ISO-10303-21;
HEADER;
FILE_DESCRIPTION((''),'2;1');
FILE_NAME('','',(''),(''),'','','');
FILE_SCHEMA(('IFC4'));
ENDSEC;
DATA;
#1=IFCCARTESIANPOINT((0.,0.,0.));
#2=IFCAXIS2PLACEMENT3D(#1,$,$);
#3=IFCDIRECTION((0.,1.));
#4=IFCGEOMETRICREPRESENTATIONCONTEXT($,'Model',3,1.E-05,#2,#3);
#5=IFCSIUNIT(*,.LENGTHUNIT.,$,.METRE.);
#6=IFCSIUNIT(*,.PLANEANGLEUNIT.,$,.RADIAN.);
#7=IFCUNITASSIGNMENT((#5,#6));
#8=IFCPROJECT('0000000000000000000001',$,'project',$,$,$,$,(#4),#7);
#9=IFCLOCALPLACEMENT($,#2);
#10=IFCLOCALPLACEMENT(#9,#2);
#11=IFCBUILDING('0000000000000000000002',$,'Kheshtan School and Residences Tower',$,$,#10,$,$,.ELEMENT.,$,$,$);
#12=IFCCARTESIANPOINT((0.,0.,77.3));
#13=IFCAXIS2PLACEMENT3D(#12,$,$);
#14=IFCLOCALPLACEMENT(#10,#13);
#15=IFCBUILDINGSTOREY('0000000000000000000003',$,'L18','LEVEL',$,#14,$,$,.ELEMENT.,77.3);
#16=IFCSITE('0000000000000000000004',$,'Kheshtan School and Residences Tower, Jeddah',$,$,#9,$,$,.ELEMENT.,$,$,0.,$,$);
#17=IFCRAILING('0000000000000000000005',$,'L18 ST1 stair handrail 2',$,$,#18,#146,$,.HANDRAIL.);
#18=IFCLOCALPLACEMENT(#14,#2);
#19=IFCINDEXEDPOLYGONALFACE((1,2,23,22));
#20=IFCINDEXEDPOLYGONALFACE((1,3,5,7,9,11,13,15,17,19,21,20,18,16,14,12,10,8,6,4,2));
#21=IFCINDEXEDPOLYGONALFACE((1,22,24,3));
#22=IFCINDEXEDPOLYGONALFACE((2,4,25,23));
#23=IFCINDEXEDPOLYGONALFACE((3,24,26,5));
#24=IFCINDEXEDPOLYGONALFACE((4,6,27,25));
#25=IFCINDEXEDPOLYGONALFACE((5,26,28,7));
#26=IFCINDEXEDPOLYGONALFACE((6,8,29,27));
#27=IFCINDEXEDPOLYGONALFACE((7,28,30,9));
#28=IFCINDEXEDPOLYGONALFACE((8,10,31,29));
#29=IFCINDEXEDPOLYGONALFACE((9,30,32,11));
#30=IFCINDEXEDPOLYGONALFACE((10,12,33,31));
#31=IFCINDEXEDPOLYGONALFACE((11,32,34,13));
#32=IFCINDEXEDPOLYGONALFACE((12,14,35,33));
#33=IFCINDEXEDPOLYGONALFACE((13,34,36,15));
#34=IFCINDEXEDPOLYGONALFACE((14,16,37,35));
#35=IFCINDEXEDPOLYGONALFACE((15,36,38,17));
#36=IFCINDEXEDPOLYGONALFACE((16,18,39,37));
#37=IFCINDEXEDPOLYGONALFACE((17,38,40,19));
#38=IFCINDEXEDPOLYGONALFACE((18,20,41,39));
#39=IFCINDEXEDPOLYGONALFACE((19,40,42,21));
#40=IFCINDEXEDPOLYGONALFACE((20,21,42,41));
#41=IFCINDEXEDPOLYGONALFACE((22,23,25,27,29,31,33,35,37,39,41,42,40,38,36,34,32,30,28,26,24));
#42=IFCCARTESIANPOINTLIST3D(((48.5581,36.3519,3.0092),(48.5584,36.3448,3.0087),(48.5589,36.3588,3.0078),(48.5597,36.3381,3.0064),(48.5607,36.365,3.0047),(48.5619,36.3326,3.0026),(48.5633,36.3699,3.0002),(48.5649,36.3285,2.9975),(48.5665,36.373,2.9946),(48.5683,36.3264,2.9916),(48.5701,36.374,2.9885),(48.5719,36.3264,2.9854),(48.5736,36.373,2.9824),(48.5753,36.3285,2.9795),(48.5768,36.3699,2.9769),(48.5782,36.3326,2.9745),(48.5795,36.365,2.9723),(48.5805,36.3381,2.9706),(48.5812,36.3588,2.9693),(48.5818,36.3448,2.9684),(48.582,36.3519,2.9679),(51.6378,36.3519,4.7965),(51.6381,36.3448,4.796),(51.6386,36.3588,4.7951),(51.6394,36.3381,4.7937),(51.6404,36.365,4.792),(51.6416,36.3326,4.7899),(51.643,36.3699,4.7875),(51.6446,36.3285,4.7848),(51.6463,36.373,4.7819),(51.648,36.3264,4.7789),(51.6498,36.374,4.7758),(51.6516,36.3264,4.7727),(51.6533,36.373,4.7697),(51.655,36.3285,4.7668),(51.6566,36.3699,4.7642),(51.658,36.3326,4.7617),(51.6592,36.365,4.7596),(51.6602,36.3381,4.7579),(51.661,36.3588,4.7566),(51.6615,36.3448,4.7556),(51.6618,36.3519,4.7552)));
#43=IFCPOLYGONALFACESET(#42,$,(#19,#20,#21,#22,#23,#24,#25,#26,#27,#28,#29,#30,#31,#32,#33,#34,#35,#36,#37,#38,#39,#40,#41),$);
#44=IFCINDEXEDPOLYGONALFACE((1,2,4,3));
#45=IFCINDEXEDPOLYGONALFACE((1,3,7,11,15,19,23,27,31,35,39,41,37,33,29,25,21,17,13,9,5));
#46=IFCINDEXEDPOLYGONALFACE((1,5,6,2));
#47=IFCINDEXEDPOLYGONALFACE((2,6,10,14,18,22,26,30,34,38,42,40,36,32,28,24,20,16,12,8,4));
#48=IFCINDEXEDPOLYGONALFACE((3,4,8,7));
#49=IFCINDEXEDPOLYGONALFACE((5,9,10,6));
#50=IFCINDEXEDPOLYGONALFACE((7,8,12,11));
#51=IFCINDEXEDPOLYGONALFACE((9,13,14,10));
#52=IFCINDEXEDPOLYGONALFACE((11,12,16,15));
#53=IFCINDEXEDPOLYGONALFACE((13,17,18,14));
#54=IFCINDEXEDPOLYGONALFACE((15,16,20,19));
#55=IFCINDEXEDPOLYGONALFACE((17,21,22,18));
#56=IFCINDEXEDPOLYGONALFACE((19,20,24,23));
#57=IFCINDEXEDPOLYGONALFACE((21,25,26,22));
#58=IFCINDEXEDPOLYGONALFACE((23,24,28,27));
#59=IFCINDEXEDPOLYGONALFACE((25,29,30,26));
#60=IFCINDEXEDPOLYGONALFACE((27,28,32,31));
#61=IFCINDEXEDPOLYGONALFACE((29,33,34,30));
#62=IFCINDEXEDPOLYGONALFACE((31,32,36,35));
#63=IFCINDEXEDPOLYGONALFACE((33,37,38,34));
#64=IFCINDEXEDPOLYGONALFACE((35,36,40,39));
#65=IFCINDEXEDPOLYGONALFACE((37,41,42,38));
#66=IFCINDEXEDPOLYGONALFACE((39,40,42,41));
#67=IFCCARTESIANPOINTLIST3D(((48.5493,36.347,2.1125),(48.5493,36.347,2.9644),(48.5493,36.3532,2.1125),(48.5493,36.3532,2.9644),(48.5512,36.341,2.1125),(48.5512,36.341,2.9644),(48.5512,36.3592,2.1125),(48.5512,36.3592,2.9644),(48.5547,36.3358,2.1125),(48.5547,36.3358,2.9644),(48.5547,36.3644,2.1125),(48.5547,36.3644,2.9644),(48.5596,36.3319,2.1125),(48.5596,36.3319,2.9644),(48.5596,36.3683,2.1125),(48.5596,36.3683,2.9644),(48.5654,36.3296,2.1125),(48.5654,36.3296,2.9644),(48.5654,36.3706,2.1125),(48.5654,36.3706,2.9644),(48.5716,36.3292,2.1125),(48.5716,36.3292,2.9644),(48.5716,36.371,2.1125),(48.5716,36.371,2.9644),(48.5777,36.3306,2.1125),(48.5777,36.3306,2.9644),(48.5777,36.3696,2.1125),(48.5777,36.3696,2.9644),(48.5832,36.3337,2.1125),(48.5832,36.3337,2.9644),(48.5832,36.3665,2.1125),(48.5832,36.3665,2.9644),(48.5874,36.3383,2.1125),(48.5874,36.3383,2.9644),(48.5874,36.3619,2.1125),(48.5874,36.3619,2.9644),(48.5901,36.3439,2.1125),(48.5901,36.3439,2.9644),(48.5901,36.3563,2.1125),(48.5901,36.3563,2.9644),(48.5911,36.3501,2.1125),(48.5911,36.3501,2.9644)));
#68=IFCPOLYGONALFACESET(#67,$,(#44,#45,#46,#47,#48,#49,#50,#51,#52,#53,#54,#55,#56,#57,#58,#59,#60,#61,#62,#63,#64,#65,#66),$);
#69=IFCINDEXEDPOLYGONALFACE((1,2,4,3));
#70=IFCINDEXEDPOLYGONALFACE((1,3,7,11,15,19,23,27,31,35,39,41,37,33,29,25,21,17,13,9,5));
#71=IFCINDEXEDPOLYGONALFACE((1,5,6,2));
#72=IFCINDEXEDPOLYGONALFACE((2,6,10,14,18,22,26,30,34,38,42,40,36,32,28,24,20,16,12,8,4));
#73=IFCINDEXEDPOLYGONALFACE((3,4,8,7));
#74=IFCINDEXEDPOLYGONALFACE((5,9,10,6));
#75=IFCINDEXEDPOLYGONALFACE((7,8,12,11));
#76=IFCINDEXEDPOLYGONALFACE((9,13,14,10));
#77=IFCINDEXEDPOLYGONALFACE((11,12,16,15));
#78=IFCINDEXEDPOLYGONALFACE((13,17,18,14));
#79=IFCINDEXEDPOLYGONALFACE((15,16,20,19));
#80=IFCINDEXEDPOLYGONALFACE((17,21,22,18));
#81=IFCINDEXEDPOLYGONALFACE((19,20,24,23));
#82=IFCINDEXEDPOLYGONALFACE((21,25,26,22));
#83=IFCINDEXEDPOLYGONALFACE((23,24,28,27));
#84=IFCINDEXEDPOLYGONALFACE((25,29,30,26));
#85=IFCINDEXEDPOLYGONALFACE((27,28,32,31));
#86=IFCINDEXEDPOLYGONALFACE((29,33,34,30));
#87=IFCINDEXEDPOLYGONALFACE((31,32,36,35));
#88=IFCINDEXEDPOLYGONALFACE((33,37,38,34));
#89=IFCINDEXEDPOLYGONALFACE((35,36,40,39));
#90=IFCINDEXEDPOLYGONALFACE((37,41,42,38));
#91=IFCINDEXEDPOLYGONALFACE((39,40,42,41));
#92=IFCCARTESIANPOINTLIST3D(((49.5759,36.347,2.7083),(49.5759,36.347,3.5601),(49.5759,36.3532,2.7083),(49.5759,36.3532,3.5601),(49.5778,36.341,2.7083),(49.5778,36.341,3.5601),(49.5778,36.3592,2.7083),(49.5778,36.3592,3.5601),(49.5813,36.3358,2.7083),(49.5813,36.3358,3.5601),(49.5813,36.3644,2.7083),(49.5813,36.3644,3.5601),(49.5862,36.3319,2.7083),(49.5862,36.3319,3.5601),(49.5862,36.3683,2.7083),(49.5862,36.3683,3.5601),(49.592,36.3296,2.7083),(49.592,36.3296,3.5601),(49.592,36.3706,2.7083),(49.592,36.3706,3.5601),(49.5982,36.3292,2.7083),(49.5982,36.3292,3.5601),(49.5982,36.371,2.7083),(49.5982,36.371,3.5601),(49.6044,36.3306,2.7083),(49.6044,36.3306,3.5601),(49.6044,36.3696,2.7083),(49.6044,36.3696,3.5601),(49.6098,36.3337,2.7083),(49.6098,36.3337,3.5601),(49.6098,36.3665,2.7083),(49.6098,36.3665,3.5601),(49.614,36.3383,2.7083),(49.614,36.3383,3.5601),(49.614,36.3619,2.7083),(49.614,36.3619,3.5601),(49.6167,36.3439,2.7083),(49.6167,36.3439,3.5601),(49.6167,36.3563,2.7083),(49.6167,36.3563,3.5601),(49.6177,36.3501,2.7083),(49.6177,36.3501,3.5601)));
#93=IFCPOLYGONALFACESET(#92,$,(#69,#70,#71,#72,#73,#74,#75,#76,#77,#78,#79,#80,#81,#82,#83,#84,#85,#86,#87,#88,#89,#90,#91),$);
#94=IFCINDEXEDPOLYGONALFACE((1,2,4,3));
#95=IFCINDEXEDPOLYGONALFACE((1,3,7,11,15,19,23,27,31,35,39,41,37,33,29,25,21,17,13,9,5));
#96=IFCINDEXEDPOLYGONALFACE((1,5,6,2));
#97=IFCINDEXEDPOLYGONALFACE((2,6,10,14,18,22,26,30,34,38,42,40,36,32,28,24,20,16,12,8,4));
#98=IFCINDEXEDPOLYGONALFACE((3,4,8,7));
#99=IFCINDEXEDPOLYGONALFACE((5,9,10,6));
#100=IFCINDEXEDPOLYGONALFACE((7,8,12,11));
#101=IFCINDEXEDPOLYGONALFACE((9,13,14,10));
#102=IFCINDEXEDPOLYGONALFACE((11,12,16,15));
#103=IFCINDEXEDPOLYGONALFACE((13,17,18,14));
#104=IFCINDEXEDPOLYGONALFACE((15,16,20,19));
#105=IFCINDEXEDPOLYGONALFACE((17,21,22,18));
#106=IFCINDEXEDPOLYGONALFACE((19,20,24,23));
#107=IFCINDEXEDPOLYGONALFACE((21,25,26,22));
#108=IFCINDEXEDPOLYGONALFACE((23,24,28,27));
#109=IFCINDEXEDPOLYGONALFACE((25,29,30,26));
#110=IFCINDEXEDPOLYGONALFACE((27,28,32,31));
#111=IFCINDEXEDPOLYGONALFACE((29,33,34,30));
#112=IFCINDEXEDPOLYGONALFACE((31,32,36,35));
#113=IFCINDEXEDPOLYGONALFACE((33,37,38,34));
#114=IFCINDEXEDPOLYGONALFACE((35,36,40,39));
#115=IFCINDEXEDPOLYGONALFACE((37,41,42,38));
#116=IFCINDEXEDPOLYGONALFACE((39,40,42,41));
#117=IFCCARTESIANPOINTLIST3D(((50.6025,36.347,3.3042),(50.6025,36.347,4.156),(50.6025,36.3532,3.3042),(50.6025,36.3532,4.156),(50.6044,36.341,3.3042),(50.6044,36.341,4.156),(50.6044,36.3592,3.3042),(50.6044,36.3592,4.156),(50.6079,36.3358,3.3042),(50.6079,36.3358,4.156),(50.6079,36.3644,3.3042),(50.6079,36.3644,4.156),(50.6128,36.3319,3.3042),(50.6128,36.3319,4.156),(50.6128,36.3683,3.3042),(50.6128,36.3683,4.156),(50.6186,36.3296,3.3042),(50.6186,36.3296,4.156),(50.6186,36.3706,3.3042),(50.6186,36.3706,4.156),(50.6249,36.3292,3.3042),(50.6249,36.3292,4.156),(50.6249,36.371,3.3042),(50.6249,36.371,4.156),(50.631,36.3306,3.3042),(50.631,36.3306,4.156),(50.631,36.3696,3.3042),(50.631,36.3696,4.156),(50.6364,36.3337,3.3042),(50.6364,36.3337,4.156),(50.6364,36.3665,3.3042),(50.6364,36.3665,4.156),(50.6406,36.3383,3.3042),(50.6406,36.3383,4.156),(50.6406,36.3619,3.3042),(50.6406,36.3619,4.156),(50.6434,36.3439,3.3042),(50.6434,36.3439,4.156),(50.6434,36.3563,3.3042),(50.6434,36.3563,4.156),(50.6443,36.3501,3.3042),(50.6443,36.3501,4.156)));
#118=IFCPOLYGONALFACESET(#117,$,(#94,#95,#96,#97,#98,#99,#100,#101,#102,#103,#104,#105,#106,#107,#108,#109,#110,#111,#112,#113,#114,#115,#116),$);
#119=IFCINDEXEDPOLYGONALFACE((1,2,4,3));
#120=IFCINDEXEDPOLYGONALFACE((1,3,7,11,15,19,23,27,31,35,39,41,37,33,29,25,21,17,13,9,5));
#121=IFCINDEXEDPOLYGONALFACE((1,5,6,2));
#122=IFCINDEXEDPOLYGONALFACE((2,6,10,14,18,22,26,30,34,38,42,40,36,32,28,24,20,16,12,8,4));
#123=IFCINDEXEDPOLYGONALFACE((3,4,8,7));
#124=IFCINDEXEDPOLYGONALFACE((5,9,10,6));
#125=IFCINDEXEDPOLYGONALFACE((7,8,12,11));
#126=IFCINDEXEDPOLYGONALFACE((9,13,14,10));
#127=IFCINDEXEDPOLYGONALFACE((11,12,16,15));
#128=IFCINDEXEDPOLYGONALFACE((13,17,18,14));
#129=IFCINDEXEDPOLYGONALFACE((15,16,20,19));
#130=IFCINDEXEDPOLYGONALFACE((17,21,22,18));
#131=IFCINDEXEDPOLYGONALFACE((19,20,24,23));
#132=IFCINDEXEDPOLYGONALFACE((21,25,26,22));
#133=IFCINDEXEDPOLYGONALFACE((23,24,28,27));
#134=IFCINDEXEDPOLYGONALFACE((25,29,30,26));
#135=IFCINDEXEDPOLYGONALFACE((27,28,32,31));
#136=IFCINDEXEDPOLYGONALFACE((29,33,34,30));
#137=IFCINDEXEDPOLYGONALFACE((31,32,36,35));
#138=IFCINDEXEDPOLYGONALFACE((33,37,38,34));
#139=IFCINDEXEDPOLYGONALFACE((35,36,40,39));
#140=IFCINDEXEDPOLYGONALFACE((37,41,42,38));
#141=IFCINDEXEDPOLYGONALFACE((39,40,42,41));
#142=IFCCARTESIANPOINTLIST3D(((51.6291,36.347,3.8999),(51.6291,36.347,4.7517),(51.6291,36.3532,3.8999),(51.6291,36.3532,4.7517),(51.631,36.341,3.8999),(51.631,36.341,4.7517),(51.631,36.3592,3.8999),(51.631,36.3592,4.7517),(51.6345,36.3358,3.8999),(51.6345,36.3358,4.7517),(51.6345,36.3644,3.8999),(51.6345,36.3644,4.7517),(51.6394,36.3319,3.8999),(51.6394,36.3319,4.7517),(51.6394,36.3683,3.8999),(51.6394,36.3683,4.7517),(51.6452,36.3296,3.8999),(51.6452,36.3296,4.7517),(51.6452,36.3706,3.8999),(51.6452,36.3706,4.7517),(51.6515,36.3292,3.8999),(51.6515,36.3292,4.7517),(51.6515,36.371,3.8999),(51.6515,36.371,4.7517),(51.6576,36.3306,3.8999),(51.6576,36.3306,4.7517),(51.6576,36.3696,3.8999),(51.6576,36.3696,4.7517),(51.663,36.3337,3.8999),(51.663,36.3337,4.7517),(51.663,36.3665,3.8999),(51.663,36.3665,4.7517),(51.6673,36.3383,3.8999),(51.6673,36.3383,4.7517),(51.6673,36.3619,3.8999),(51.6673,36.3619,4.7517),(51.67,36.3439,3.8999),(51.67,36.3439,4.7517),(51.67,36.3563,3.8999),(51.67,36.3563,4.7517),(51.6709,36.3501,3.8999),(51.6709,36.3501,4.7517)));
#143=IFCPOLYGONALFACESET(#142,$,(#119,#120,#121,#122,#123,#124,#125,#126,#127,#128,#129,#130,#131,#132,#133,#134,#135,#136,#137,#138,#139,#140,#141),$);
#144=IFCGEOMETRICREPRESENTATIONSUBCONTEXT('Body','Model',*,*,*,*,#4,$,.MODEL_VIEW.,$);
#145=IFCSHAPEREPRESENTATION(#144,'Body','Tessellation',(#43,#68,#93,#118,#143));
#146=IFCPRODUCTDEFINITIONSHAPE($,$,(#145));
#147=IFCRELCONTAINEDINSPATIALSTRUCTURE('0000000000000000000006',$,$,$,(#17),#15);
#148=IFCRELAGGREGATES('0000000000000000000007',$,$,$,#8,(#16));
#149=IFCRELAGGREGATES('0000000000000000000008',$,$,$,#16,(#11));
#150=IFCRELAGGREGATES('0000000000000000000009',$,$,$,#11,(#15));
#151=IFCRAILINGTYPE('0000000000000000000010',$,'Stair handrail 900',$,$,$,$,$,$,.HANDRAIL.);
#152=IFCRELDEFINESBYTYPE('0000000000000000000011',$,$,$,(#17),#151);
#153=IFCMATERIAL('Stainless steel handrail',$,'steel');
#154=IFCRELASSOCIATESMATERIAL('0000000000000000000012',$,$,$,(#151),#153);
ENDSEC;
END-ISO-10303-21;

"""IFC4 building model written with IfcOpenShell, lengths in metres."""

from ifc_helpers import new_model, si_unit, direction, frame, origin, origin_2d, place, context, subcontext, project, spatial, circle, extrude, material, type_object, element, save


model = new_model("IFC4")

# Units and contexts
model_context = context("Model", 3, precision=1e-05, world=origin(), true_north=direction((0.0, 1.0)))
body_context = subcontext(model_context, "Body", "Model", "MODEL_VIEW")
ifc_project = project(units=[si_unit("LENGTHUNIT", "METRE"), si_unit("PLANEANGLEUNIT", "RADIAN")], contexts=[model_context])

# Site, building, storey
site_placement = place(None, origin())
site = spatial("IfcSite", under=ifc_project, at=site_placement, Name="Kheshtan School and Residences Tower, Jeddah", CompositionType="ELEMENT", RefElevation=0.0)
building_placement = place(site_placement, origin())
building = spatial("IfcBuilding", under=site, at=building_placement, Name="Kheshtan School and Residences Tower", CompositionType="ELEMENT")
storey_placement = place(building_placement, frame((0.0, 0.0, 77.3)))
storey = spatial("IfcBuildingStorey", under=building, at=storey_placement, Name="L18", Description="LEVEL", CompositionType="ELEMENT", Elevation=77.3)

# Railing
ifc_material_1 = material(Name="Stainless steel handrail", Category="steel")
railing_type_1 = type_object("IfcRailingType", Name="Stair handrail 900", PredefinedType="HANDRAIL", material=ifc_material_1)
railing_1_placement = place(storey_placement, frame((48.5701, 36.3501, 2.1125)))
element("IfcRailing", 1, at=railing_1_placement, inside=storey, type_object=railing_type_1, Name="L18 ST1 stair handrail 2", PredefinedType="HANDRAIL", context=body_context, shape_type="SweptSolid", body=[
    extrude(circle(Radius=0.0239, at=origin_2d()), frame((0.0, 0.0, 0.876), z_axis=(0.864903, 0.0, 0.501939), x_axis=(0.0, 1.0, 0.0)), (0.0, 0.0, 1.0), 3.5608),
    extrude(circle(Radius=0.021, at=origin_2d()), origin(), (0.0, 0.0, 1.0), 0.8518),
    extrude(circle(Radius=0.021, at=origin_2d()), frame((1.0266, 0.0, 0.5957)), (0.0, 0.0, 1.0), 0.8518),
    extrude(circle(Radius=0.021, at=origin_2d()), frame((2.0532, 0.0, 1.1917)), (0.0, 0.0, 1.0), 0.8518),
    extrude(circle(Radius=0.021, at=origin_2d()), frame((3.0798, 0.0, 1.7874)), (0.0, 0.0, 1.0), 0.8518),
])

save(model, "model.ifc")
